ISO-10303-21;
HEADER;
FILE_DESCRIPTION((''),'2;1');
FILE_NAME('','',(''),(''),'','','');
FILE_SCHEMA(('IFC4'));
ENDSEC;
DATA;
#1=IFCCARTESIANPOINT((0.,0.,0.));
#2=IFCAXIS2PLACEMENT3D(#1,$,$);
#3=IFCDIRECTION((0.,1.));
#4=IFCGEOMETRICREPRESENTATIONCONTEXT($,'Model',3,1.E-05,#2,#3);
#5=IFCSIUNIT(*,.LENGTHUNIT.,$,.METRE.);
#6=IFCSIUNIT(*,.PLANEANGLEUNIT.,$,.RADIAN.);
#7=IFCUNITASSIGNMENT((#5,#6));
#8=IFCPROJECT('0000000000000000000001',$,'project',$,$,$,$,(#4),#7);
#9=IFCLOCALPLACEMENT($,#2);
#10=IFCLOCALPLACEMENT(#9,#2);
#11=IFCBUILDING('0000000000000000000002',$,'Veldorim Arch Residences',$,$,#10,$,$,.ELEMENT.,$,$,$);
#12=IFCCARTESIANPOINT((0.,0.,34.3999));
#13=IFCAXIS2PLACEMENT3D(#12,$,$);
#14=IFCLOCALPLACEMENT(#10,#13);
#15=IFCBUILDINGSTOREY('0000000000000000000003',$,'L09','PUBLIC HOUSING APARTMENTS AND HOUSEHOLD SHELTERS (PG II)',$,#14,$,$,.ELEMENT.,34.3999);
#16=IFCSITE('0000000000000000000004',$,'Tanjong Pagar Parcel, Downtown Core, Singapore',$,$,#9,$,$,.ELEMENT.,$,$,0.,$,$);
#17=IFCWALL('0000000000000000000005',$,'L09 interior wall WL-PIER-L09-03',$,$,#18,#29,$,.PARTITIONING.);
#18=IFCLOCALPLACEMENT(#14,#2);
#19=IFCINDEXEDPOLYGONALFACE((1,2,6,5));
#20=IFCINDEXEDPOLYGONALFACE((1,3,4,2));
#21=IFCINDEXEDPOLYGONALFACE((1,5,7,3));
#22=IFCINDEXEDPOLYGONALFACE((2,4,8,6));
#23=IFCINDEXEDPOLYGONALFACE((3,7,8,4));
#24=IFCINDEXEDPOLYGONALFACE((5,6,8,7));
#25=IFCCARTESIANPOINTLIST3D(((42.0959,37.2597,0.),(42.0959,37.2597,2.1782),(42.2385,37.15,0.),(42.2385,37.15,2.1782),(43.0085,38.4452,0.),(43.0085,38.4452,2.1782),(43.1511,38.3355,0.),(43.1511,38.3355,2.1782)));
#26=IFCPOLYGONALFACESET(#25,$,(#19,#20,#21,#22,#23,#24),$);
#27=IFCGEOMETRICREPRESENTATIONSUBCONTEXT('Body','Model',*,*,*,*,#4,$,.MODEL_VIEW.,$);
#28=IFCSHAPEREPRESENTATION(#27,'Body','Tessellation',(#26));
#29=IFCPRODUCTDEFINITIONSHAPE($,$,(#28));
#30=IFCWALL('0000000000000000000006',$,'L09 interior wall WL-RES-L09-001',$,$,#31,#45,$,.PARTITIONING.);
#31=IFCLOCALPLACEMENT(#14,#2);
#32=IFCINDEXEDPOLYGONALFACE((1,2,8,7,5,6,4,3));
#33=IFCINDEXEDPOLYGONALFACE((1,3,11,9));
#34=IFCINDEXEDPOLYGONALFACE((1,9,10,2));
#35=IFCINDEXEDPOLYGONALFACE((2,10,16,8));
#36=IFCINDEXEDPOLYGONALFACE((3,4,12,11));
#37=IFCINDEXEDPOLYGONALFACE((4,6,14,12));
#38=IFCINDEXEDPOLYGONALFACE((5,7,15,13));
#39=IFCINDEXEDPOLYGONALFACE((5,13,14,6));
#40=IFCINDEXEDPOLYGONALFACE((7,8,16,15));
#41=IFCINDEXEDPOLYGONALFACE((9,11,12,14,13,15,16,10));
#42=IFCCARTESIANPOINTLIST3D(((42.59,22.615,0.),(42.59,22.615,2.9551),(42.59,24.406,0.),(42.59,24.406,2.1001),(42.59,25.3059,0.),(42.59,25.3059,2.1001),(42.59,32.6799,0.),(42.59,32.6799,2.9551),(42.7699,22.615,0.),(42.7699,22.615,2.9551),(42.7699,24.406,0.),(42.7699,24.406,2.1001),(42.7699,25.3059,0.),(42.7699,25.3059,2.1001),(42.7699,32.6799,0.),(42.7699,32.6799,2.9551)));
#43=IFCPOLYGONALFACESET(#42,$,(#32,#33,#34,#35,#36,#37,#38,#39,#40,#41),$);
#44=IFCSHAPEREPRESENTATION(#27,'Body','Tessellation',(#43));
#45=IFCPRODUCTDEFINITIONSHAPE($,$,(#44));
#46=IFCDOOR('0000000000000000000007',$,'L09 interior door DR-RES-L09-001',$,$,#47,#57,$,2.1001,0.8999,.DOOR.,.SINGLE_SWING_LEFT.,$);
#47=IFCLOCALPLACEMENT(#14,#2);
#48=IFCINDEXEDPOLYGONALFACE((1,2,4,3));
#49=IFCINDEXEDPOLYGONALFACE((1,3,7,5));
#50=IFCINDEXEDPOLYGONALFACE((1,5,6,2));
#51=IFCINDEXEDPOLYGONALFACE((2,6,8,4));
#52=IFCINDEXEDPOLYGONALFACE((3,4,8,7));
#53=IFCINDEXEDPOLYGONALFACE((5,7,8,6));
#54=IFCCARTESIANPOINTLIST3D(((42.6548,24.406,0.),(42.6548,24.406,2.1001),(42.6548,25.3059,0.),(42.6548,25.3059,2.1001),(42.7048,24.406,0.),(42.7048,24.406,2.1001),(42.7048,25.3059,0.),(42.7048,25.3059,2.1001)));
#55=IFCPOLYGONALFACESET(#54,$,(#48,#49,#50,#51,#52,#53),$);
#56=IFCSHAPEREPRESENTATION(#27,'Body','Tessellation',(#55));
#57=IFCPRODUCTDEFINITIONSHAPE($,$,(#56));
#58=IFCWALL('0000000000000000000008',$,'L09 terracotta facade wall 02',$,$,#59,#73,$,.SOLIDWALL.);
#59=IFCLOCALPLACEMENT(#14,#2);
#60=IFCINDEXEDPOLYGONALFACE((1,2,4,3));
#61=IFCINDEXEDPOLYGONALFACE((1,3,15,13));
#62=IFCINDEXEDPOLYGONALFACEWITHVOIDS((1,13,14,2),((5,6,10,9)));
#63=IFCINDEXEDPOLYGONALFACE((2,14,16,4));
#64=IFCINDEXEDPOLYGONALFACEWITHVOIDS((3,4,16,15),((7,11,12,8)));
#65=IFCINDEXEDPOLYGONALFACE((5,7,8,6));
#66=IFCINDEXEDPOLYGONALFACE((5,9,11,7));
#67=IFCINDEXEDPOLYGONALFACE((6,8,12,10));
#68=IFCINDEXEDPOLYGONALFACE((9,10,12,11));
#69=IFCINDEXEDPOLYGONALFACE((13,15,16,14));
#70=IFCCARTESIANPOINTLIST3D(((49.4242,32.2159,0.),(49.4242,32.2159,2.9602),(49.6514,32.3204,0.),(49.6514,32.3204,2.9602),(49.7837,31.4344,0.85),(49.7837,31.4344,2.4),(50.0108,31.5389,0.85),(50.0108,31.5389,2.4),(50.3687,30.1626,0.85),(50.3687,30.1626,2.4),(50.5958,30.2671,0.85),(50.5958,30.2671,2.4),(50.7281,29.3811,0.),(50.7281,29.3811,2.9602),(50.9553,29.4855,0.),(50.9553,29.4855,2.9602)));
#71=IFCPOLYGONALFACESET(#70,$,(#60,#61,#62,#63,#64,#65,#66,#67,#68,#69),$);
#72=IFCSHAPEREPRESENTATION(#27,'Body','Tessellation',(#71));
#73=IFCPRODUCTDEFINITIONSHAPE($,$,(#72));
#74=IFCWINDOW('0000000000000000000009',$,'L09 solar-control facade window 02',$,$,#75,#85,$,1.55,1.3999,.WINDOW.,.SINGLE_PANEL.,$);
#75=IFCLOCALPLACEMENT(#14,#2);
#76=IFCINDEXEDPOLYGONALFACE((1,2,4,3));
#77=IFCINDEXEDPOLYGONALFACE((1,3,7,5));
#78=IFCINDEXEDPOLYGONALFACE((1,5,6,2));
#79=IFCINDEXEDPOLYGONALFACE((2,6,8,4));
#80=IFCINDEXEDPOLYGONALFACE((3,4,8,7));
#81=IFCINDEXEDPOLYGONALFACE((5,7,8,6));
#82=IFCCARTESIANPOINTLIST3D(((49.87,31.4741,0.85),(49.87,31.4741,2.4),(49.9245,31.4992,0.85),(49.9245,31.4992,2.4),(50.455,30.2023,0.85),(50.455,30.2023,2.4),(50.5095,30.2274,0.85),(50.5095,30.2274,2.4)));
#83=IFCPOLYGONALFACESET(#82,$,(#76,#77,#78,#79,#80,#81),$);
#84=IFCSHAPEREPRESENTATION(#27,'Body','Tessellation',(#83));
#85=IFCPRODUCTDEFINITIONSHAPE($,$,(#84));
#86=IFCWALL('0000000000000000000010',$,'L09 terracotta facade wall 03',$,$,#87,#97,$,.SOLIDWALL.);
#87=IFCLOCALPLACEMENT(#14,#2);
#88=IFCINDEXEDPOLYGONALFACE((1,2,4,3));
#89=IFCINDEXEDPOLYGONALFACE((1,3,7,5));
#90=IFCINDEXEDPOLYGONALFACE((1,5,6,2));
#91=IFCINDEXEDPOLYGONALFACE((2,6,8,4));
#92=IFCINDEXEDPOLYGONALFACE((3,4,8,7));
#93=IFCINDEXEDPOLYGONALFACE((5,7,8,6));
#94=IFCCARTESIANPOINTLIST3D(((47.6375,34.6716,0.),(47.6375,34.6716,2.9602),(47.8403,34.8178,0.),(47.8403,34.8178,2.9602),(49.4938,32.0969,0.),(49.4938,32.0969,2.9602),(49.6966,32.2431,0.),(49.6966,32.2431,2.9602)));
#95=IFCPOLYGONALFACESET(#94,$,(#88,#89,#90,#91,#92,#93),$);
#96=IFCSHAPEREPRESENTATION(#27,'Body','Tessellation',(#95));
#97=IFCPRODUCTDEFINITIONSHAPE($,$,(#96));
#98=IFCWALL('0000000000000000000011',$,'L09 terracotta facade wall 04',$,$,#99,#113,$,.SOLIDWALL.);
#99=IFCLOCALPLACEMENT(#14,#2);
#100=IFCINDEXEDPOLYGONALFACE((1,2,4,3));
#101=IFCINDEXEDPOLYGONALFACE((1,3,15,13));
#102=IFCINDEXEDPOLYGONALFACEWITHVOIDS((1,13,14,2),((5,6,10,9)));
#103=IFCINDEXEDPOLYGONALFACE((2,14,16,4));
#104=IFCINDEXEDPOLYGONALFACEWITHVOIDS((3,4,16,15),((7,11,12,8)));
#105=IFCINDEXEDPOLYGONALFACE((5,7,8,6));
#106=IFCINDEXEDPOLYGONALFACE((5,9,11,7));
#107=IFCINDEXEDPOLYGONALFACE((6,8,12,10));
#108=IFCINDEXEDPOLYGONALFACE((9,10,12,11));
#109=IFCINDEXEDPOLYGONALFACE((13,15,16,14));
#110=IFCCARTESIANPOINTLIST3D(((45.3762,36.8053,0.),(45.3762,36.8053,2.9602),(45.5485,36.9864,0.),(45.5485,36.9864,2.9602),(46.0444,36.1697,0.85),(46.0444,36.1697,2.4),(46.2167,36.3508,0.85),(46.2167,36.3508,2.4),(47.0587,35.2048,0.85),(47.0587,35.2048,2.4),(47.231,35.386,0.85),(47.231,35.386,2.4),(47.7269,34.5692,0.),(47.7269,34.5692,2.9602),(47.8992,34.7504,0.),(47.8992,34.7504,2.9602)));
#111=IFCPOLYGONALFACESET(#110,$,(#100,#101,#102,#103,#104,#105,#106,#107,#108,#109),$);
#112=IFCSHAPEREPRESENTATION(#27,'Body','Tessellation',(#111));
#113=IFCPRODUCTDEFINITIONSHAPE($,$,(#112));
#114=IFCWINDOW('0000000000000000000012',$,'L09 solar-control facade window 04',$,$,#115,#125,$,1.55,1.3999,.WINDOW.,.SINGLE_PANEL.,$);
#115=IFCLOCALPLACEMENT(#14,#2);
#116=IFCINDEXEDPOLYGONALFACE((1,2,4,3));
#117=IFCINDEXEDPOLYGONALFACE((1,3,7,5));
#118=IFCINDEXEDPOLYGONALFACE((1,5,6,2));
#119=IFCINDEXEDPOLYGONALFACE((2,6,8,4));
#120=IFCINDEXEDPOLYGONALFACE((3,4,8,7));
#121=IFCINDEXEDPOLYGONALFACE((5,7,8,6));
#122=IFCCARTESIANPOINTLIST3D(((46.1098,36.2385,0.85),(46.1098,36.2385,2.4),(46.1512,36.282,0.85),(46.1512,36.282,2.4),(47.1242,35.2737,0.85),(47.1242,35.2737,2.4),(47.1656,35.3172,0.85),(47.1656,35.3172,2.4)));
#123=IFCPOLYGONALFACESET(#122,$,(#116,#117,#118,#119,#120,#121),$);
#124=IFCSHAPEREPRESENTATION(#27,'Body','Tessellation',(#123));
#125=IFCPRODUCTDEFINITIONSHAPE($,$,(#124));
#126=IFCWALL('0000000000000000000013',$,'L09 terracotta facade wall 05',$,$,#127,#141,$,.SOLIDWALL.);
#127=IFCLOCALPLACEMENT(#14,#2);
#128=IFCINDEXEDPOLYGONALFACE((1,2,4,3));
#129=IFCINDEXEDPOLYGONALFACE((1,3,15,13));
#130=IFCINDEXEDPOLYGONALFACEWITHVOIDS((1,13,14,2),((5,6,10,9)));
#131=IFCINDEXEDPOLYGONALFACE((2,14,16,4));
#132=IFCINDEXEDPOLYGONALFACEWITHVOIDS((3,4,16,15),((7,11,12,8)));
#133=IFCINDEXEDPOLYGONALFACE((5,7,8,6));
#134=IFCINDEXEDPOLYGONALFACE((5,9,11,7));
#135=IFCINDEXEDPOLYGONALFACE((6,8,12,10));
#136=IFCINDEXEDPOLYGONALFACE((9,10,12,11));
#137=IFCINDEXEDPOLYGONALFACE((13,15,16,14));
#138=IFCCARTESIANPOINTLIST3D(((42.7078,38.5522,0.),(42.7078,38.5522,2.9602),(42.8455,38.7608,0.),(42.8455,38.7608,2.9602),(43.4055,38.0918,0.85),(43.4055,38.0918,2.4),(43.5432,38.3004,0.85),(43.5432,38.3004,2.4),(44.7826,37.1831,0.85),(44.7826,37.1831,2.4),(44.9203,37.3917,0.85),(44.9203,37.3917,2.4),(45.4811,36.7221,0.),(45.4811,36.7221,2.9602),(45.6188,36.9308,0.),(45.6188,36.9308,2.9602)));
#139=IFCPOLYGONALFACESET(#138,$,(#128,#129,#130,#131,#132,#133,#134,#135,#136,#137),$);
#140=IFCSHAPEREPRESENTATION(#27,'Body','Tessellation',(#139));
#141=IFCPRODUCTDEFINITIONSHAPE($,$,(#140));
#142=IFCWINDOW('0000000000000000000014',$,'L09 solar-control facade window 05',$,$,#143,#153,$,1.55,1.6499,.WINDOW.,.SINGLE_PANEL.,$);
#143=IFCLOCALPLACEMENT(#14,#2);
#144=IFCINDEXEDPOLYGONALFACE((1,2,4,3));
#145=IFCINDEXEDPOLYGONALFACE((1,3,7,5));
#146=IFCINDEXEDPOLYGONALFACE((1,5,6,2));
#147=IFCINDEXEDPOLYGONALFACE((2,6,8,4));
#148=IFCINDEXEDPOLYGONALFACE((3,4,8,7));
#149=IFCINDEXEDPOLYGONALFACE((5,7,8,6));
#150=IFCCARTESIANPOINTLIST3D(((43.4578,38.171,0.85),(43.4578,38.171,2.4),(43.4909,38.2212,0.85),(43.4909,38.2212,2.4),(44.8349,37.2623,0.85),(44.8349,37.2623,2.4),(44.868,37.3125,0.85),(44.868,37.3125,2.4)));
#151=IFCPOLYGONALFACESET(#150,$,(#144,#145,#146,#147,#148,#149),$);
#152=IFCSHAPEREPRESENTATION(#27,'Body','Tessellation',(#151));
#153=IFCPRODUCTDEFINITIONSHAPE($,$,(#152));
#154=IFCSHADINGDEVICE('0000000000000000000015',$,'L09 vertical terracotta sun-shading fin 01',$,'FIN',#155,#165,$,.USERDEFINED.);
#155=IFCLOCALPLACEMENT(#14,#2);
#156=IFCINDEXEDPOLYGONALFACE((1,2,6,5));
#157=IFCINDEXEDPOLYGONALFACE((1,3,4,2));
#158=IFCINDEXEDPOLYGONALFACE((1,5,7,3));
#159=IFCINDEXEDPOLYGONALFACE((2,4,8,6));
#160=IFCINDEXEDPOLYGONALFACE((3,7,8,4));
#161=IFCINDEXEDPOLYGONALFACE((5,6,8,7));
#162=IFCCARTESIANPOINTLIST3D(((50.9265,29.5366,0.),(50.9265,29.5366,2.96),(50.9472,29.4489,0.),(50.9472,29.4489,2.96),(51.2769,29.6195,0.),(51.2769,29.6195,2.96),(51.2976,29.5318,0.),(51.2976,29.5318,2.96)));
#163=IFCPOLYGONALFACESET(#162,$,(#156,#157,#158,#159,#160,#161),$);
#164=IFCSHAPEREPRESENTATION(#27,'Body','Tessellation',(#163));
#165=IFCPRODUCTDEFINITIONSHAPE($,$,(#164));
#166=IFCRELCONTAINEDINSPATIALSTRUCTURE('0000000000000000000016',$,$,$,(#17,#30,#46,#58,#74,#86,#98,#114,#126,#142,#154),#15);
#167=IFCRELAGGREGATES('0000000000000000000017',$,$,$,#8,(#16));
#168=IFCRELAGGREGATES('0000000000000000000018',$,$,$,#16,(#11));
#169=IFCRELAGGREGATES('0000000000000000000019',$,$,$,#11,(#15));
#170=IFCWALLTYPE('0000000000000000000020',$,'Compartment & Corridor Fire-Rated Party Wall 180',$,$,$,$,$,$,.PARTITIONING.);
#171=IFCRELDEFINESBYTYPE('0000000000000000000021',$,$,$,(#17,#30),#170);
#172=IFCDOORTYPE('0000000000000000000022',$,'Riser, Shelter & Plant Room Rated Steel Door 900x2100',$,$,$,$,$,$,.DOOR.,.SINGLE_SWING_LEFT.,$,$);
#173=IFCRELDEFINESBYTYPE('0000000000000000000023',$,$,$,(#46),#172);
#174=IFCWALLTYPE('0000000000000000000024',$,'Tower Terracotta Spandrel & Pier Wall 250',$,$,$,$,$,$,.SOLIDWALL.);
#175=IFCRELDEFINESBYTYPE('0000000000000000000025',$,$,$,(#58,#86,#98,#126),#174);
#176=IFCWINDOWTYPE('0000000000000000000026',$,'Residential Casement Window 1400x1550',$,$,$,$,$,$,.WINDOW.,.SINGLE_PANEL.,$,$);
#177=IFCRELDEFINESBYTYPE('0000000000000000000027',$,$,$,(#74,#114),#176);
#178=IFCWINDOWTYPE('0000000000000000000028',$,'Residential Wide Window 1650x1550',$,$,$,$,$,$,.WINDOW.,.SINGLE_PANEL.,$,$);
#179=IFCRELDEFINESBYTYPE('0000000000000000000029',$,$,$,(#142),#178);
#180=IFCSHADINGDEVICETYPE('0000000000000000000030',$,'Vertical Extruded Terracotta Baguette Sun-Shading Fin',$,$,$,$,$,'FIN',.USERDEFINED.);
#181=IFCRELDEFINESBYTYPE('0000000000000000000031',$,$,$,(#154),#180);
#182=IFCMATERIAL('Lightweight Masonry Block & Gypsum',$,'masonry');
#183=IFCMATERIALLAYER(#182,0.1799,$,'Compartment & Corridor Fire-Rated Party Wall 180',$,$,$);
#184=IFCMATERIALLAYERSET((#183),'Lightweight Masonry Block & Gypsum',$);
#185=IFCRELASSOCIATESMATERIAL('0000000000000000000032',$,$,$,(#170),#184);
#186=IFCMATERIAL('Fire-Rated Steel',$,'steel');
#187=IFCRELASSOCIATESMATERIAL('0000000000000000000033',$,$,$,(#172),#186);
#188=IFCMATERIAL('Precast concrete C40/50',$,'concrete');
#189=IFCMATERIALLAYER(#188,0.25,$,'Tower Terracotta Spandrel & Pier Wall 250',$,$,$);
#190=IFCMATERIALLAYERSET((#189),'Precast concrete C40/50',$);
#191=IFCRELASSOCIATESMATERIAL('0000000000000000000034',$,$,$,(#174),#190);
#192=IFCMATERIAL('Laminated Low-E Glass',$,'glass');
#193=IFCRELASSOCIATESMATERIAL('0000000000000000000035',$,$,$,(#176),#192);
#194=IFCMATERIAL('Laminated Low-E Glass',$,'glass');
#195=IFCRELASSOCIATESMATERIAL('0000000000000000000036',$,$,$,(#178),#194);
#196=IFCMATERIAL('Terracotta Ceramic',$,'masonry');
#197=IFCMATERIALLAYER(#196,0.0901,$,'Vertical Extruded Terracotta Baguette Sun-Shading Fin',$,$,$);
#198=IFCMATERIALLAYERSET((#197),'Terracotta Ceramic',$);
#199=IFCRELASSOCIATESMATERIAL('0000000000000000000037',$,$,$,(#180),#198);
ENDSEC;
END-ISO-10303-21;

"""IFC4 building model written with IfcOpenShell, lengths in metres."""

from ifc_helpers import new_model, si_unit, direction, frame, frame_2d, origin, origin_2d, place, context, subcontext, project, spatial, rectangle, extrude, material, layer, layer_set, type_object, element, fill, save


model = new_model("IFC4")

# Units and contexts
model_context = context("Model", 3, precision=1e-05, world=origin(), true_north=direction((0.0, 1.0)))
body_context = subcontext(model_context, "Body", "Model", "MODEL_VIEW")
ifc_project = project(units=[si_unit("LENGTHUNIT", "METRE"), si_unit("PLANEANGLEUNIT", "RADIAN")], contexts=[model_context])

# Site, building, storey
site_placement = place(None, origin())
site = spatial("IfcSite", under=ifc_project, at=site_placement, Name="Tanjong Pagar Parcel, Downtown Core, Singapore", CompositionType="ELEMENT", RefElevation=0.0)
building_placement = place(site_placement, origin())
building = spatial("IfcBuilding", under=site, at=building_placement, Name="Veldorim Arch Residences", CompositionType="ELEMENT")
storey_placement = place(building_placement, frame((0.0, 0.0, 34.3999)))
storey = spatial("IfcBuildingStorey", under=building, at=storey_placement, Name="L09", Description="PUBLIC HOUSING APARTMENTS AND HOUSEHOLD SHELTERS (PG II)", CompositionType="ELEMENT", Elevation=34.3999)

# Wall
ifc_material_1 = material(Name="Lightweight Masonry Block & Gypsum", Category="masonry")
ifc_layer_1 = layer(ifc_material_1, 0.1799, Name="Compartment & Corridor Fire-Rated Party Wall 180")
ifc_layer_set_1 = layer_set([ifc_layer_1], Name="Lightweight Masonry Block & Gypsum")
wall_type_1 = type_object("IfcWallType", Name="Compartment & Corridor Fire-Rated Party Wall 180", PredefinedType="PARTITIONING", material=ifc_layer_set_1)
wall_1_placement = place(storey_placement, frame((42.1672, 37.2048, 0.0), z_axis=(0.0, 0.0, 1.0), x_axis=(0.609979, 0.792418, 0.0)))
element("IfcWall", 1, at=wall_1_placement, inside=storey, type_object=wall_type_1, Name="L09 interior wall WL-PIER-L09-03", PredefinedType="PARTITIONING", context=body_context, shape_type="SweptSolid", body=[
    extrude(rectangle(XDim=1.4961, YDim=0.1799, at=frame_2d((0.748, 0.0))), origin(), (0.0, 0.0, 1.0), 2.1782),
])

# Wall, opening, door
wall_2_placement = place(storey_placement, frame((42.6799, 32.6799, 0.0), z_axis=(0.0, 0.0, 1.0), x_axis=(0.0, -1.0, 0.0)))
wall_2 = element("IfcWall", 2, at=wall_2_placement, inside=storey, type_object=wall_type_1, Name="L09 interior wall WL-RES-L09-001", PredefinedType="PARTITIONING", context=body_context, shape_type="SweptSolid", body=[
    extrude(rectangle(XDim=10.0649, YDim=0.1799, at=frame_2d((5.0325, 0.0))), origin(), (0.0, 0.0, 1.0), 2.9551),
])
opening_1_placement = place(wall_2_placement, frame((7.374, 0.0, 0.0)))
opening_1 = element("IfcOpeningElement", 3, at=opening_1_placement, cuts=wall_2, PredefinedType="OPENING", context=body_context, shape_type="SweptSolid", body=[
    extrude(rectangle(XDim=0.8999, YDim=2.1001, at=frame_2d((0.45, 1.05))), frame((0.0, 0.0999, 0.0), z_axis=(0.0, -1.0, 0.0), x_axis=(1.0, 0.0, 0.0)), (0.0, 0.0, 1.0), 0.2),
])
ifc_material_2 = material(Name="Fire-Rated Steel", Category="steel")
door_type_1 = type_object("IfcDoorType", Name="Riser, Shelter & Plant Room Rated Steel Door 900x2100", OperationType="SINGLE_SWING_LEFT", PredefinedType="DOOR", material=ifc_material_2)
door_1_placement = place(opening_1_placement, origin())
door_1 = element("IfcDoor", 4, at=door_1_placement, inside=storey, type_object=door_type_1, Name="L09 interior door DR-RES-L09-001", OperationType="SINGLE_SWING_LEFT", OverallHeight=2.1001, OverallWidth=0.8999, PredefinedType="DOOR", context=body_context, shape_type="SweptSolid", body=[
    extrude(rectangle(XDim=0.8999, YDim=2.1001, at=frame_2d((0.45, 1.05))), frame((0.0, 0.0249, 0.0), z_axis=(0.0, -1.0, 0.0), x_axis=(1.0, 0.0, 0.0)), (0.0, 0.0, 1.0), 0.05),
])
fill(opening_1, door_1)

# Wall, opening, window
ifc_material_3 = material(Name="Precast concrete C40/50", Category="concrete")
ifc_layer_2 = layer(ifc_material_3, 0.25, Name="Tower Terracotta Spandrel & Pier Wall 250")
ifc_layer_set_2 = layer_set([ifc_layer_2], Name="Precast concrete C40/50")
wall_type_2 = type_object("IfcWallType", Name="Tower Terracotta Spandrel & Pier Wall 250", PredefinedType="SOLIDWALL", material=ifc_layer_set_2)
wall_3_placement = place(storey_placement, frame((49.5378, 32.2681, 0.0), z_axis=(0.0, 0.0, 1.0), x_axis=(0.417872, -0.908506, 0.0)))
wall_3 = element("IfcWall", 5, at=wall_3_placement, inside=storey, type_object=wall_type_2, Name="L09 terracotta facade wall 02", PredefinedType="SOLIDWALL", context=body_context, shape_type="SweptSolid", body=[
    extrude(rectangle(XDim=3.1204, YDim=0.25, at=frame_2d((1.5601, 0.0))), origin(), (0.0, 0.0, 1.0), 2.9602),
])
opening_2_placement = place(wall_3_placement, frame((0.8601, 0.0, 0.8501)))
opening_2 = element("IfcOpeningElement", 6, at=opening_2_placement, cuts=wall_3, PredefinedType="OPENING", context=body_context, shape_type="SweptSolid", body=[
    extrude(rectangle(XDim=1.3999, YDim=1.55, at=frame_2d((0.7, 0.7749))), frame((0.0, 0.135, 0.0), z_axis=(0.0, -1.0, 0.0), x_axis=(1.0, 0.0, 0.0)), (0.0, 0.0, 1.0), 0.27),
])
ifc_material_4 = material(Name="Laminated Low-E Glass", Category="glass")
window_type_1 = type_object("IfcWindowType", Name="Residential Casement Window 1400x1550", PartitioningType="SINGLE_PANEL", PredefinedType="WINDOW", material=ifc_material_4)
window_1_placement = place(opening_2_placement, origin())
window_1 = element("IfcWindow", 7, at=window_1_placement, inside=storey, type_object=window_type_1, Name="L09 solar-control facade window 02", OverallHeight=1.55, OverallWidth=1.3999, PartitioningType="SINGLE_PANEL", PredefinedType="WINDOW", context=body_context, shape_type="SweptSolid", body=[
    extrude(rectangle(XDim=1.3999, YDim=1.55, at=frame_2d((0.7, 0.7749))), frame((0.0, 0.03, 0.0), z_axis=(0.0, -1.0, 0.0), x_axis=(1.0, 0.0, 0.0)), (0.0, 0.0, 1.0), 0.0601),
])
fill(opening_2, window_1)

# Wall
wall_4_placement = place(storey_placement, frame((47.739, 34.7446, 0.0), z_axis=(0.0, 0.0, 1.0), x_axis=(0.584805, -0.811174, 0.0)))
element("IfcWall", 8, at=wall_4_placement, inside=storey, type_object=wall_type_2, Name="L09 terracotta facade wall 03", PredefinedType="SOLIDWALL", context=body_context, shape_type="SweptSolid", body=[
    extrude(rectangle(XDim=3.1741, YDim=0.25, at=frame_2d((1.5869, 0.0))), origin(), (0.0, 0.0, 1.0), 2.9602),
])

# Walls, openings, windows
wall_5_placement = place(storey_placement, frame((45.4624, 36.8958, 0.0), z_axis=(0.0, 0.0, 1.0), x_axis=(0.724569, -0.689202, 0.0)))
wall_5 = element("IfcWall", 9, at=wall_5_placement, inside=storey, type_object=wall_type_2, Name="L09 terracotta facade wall 04", PredefinedType="SOLIDWALL", context=body_context, shape_type="SweptSolid", body=[
    extrude(rectangle(XDim=3.2444, YDim=0.25, at=frame_2d((1.6221, 0.0))), origin(), (0.0, 0.0, 1.0), 2.9602),
])
opening_3_placement = place(wall_5_placement, frame((0.9221, 0.0, 0.8501)))
opening_3 = element("IfcOpeningElement", 10, at=opening_3_placement, cuts=wall_5, PredefinedType="OPENING", context=body_context, shape_type="SweptSolid", body=[
    extrude(rectangle(XDim=1.3999, YDim=1.55, at=frame_2d((0.7, 0.7749))), frame((0.0, 0.135, 0.0), z_axis=(0.0, -1.0, 0.0), x_axis=(1.0, 0.0, 0.0)), (0.0, 0.0, 1.0), 0.27),
])
window_2_placement = place(opening_3_placement, origin())
window_2 = element("IfcWindow", 11, at=window_2_placement, inside=storey, type_object=window_type_1, Name="L09 solar-control facade window 04", OverallHeight=1.55, OverallWidth=1.3999, PartitioningType="SINGLE_PANEL", PredefinedType="WINDOW", context=body_context, shape_type="SweptSolid", body=[
    extrude(rectangle(XDim=1.3999, YDim=1.55, at=frame_2d((0.7, 0.7749))), frame((0.0, 0.03, 0.0), z_axis=(0.0, -1.0, 0.0), x_axis=(1.0, 0.0, 0.0)), (0.0, 0.0, 1.0), 0.0601),
])
fill(opening_3, window_2)
wall_6_placement = place(storey_placement, frame((42.7766, 38.6565, 0.0), z_axis=(0.0, 0.0, 1.0), x_axis=(0.834663, -0.55076, 0.0)))
wall_6 = element("IfcWall", 12, at=wall_6_placement, inside=storey, type_object=wall_type_2, Name="L09 terracotta facade wall 05", PredefinedType="SOLIDWALL", context=body_context, shape_type="SweptSolid", body=[
    extrude(rectangle(XDim=3.3228, YDim=0.25, at=frame_2d((1.6614, 0.0))), origin(), (0.0, 0.0, 1.0), 2.9602),
])
opening_4_placement = place(wall_6_placement, frame((0.8359, 0.0, 0.8501)))
opening_4 = element("IfcOpeningElement", 13, at=opening_4_placement, cuts=wall_6, PredefinedType="OPENING", context=body_context, shape_type="SweptSolid", body=[
    extrude(rectangle(XDim=1.6499, YDim=1.55, at=frame_2d((0.825, 0.7749))), frame((0.0, 0.135, 0.0), z_axis=(0.0, -1.0, 0.0), x_axis=(1.0, 0.0, 0.0)), (0.0, 0.0, 1.0), 0.27),
])
ifc_material_5 = material(Name="Laminated Low-E Glass", Category="glass")
window_type_2 = type_object("IfcWindowType", Name="Residential Wide Window 1650x1550", PartitioningType="SINGLE_PANEL", PredefinedType="WINDOW", material=ifc_material_5)
window_3_placement = place(opening_4_placement, origin())
window_3 = element("IfcWindow", 14, at=window_3_placement, inside=storey, type_object=window_type_2, Name="L09 solar-control facade window 05", OverallHeight=1.55, OverallWidth=1.6499, PartitioningType="SINGLE_PANEL", PredefinedType="WINDOW", context=body_context, shape_type="SweptSolid", body=[
    extrude(rectangle(XDim=1.6499, YDim=1.55, at=frame_2d((0.825, 0.7749))), frame((0.0, 0.03, 0.0), z_axis=(0.0, -1.0, 0.0), x_axis=(1.0, 0.0, 0.0)), (0.0, 0.0, 1.0), 0.0601),
])
fill(opening_4, window_3)

# Shading device
ifc_material_6 = material(Name="Terracotta Ceramic", Category="masonry")
ifc_layer_3 = layer(ifc_material_6, 0.0901, Name="Vertical Extruded Terracotta Baguette Sun-Shading Fin")
ifc_layer_set_3 = layer_set([ifc_layer_3], Name="Terracotta Ceramic")
shading_device_type = type_object("IfcShadingDeviceType", Name="Vertical Extruded Terracotta Baguette Sun-Shading Fin", ElementType="FIN", PredefinedType="USERDEFINED", material=ifc_layer_set_3)
shading_device_placement = place(storey_placement, frame((51.1121, 29.5342, 0.0), z_axis=(0.0, 0.0, 1.0), x_axis=(0.23022, -0.973139, 0.0)))
element("IfcShadingDevice", 15, at=shading_device_placement, inside=storey, type_object=shading_device_type, Name="L09 vertical terracotta sun-shading fin 01", ObjectType="FIN", PredefinedType="USERDEFINED", context=body_context, shape_type="SweptSolid", body=[
    extrude(rectangle(XDim=0.0901, YDim=0.3601, at=origin_2d()), origin(), (0.0, 0.0, 1.0), 2.96),
])

save(model, "model.ifc")
